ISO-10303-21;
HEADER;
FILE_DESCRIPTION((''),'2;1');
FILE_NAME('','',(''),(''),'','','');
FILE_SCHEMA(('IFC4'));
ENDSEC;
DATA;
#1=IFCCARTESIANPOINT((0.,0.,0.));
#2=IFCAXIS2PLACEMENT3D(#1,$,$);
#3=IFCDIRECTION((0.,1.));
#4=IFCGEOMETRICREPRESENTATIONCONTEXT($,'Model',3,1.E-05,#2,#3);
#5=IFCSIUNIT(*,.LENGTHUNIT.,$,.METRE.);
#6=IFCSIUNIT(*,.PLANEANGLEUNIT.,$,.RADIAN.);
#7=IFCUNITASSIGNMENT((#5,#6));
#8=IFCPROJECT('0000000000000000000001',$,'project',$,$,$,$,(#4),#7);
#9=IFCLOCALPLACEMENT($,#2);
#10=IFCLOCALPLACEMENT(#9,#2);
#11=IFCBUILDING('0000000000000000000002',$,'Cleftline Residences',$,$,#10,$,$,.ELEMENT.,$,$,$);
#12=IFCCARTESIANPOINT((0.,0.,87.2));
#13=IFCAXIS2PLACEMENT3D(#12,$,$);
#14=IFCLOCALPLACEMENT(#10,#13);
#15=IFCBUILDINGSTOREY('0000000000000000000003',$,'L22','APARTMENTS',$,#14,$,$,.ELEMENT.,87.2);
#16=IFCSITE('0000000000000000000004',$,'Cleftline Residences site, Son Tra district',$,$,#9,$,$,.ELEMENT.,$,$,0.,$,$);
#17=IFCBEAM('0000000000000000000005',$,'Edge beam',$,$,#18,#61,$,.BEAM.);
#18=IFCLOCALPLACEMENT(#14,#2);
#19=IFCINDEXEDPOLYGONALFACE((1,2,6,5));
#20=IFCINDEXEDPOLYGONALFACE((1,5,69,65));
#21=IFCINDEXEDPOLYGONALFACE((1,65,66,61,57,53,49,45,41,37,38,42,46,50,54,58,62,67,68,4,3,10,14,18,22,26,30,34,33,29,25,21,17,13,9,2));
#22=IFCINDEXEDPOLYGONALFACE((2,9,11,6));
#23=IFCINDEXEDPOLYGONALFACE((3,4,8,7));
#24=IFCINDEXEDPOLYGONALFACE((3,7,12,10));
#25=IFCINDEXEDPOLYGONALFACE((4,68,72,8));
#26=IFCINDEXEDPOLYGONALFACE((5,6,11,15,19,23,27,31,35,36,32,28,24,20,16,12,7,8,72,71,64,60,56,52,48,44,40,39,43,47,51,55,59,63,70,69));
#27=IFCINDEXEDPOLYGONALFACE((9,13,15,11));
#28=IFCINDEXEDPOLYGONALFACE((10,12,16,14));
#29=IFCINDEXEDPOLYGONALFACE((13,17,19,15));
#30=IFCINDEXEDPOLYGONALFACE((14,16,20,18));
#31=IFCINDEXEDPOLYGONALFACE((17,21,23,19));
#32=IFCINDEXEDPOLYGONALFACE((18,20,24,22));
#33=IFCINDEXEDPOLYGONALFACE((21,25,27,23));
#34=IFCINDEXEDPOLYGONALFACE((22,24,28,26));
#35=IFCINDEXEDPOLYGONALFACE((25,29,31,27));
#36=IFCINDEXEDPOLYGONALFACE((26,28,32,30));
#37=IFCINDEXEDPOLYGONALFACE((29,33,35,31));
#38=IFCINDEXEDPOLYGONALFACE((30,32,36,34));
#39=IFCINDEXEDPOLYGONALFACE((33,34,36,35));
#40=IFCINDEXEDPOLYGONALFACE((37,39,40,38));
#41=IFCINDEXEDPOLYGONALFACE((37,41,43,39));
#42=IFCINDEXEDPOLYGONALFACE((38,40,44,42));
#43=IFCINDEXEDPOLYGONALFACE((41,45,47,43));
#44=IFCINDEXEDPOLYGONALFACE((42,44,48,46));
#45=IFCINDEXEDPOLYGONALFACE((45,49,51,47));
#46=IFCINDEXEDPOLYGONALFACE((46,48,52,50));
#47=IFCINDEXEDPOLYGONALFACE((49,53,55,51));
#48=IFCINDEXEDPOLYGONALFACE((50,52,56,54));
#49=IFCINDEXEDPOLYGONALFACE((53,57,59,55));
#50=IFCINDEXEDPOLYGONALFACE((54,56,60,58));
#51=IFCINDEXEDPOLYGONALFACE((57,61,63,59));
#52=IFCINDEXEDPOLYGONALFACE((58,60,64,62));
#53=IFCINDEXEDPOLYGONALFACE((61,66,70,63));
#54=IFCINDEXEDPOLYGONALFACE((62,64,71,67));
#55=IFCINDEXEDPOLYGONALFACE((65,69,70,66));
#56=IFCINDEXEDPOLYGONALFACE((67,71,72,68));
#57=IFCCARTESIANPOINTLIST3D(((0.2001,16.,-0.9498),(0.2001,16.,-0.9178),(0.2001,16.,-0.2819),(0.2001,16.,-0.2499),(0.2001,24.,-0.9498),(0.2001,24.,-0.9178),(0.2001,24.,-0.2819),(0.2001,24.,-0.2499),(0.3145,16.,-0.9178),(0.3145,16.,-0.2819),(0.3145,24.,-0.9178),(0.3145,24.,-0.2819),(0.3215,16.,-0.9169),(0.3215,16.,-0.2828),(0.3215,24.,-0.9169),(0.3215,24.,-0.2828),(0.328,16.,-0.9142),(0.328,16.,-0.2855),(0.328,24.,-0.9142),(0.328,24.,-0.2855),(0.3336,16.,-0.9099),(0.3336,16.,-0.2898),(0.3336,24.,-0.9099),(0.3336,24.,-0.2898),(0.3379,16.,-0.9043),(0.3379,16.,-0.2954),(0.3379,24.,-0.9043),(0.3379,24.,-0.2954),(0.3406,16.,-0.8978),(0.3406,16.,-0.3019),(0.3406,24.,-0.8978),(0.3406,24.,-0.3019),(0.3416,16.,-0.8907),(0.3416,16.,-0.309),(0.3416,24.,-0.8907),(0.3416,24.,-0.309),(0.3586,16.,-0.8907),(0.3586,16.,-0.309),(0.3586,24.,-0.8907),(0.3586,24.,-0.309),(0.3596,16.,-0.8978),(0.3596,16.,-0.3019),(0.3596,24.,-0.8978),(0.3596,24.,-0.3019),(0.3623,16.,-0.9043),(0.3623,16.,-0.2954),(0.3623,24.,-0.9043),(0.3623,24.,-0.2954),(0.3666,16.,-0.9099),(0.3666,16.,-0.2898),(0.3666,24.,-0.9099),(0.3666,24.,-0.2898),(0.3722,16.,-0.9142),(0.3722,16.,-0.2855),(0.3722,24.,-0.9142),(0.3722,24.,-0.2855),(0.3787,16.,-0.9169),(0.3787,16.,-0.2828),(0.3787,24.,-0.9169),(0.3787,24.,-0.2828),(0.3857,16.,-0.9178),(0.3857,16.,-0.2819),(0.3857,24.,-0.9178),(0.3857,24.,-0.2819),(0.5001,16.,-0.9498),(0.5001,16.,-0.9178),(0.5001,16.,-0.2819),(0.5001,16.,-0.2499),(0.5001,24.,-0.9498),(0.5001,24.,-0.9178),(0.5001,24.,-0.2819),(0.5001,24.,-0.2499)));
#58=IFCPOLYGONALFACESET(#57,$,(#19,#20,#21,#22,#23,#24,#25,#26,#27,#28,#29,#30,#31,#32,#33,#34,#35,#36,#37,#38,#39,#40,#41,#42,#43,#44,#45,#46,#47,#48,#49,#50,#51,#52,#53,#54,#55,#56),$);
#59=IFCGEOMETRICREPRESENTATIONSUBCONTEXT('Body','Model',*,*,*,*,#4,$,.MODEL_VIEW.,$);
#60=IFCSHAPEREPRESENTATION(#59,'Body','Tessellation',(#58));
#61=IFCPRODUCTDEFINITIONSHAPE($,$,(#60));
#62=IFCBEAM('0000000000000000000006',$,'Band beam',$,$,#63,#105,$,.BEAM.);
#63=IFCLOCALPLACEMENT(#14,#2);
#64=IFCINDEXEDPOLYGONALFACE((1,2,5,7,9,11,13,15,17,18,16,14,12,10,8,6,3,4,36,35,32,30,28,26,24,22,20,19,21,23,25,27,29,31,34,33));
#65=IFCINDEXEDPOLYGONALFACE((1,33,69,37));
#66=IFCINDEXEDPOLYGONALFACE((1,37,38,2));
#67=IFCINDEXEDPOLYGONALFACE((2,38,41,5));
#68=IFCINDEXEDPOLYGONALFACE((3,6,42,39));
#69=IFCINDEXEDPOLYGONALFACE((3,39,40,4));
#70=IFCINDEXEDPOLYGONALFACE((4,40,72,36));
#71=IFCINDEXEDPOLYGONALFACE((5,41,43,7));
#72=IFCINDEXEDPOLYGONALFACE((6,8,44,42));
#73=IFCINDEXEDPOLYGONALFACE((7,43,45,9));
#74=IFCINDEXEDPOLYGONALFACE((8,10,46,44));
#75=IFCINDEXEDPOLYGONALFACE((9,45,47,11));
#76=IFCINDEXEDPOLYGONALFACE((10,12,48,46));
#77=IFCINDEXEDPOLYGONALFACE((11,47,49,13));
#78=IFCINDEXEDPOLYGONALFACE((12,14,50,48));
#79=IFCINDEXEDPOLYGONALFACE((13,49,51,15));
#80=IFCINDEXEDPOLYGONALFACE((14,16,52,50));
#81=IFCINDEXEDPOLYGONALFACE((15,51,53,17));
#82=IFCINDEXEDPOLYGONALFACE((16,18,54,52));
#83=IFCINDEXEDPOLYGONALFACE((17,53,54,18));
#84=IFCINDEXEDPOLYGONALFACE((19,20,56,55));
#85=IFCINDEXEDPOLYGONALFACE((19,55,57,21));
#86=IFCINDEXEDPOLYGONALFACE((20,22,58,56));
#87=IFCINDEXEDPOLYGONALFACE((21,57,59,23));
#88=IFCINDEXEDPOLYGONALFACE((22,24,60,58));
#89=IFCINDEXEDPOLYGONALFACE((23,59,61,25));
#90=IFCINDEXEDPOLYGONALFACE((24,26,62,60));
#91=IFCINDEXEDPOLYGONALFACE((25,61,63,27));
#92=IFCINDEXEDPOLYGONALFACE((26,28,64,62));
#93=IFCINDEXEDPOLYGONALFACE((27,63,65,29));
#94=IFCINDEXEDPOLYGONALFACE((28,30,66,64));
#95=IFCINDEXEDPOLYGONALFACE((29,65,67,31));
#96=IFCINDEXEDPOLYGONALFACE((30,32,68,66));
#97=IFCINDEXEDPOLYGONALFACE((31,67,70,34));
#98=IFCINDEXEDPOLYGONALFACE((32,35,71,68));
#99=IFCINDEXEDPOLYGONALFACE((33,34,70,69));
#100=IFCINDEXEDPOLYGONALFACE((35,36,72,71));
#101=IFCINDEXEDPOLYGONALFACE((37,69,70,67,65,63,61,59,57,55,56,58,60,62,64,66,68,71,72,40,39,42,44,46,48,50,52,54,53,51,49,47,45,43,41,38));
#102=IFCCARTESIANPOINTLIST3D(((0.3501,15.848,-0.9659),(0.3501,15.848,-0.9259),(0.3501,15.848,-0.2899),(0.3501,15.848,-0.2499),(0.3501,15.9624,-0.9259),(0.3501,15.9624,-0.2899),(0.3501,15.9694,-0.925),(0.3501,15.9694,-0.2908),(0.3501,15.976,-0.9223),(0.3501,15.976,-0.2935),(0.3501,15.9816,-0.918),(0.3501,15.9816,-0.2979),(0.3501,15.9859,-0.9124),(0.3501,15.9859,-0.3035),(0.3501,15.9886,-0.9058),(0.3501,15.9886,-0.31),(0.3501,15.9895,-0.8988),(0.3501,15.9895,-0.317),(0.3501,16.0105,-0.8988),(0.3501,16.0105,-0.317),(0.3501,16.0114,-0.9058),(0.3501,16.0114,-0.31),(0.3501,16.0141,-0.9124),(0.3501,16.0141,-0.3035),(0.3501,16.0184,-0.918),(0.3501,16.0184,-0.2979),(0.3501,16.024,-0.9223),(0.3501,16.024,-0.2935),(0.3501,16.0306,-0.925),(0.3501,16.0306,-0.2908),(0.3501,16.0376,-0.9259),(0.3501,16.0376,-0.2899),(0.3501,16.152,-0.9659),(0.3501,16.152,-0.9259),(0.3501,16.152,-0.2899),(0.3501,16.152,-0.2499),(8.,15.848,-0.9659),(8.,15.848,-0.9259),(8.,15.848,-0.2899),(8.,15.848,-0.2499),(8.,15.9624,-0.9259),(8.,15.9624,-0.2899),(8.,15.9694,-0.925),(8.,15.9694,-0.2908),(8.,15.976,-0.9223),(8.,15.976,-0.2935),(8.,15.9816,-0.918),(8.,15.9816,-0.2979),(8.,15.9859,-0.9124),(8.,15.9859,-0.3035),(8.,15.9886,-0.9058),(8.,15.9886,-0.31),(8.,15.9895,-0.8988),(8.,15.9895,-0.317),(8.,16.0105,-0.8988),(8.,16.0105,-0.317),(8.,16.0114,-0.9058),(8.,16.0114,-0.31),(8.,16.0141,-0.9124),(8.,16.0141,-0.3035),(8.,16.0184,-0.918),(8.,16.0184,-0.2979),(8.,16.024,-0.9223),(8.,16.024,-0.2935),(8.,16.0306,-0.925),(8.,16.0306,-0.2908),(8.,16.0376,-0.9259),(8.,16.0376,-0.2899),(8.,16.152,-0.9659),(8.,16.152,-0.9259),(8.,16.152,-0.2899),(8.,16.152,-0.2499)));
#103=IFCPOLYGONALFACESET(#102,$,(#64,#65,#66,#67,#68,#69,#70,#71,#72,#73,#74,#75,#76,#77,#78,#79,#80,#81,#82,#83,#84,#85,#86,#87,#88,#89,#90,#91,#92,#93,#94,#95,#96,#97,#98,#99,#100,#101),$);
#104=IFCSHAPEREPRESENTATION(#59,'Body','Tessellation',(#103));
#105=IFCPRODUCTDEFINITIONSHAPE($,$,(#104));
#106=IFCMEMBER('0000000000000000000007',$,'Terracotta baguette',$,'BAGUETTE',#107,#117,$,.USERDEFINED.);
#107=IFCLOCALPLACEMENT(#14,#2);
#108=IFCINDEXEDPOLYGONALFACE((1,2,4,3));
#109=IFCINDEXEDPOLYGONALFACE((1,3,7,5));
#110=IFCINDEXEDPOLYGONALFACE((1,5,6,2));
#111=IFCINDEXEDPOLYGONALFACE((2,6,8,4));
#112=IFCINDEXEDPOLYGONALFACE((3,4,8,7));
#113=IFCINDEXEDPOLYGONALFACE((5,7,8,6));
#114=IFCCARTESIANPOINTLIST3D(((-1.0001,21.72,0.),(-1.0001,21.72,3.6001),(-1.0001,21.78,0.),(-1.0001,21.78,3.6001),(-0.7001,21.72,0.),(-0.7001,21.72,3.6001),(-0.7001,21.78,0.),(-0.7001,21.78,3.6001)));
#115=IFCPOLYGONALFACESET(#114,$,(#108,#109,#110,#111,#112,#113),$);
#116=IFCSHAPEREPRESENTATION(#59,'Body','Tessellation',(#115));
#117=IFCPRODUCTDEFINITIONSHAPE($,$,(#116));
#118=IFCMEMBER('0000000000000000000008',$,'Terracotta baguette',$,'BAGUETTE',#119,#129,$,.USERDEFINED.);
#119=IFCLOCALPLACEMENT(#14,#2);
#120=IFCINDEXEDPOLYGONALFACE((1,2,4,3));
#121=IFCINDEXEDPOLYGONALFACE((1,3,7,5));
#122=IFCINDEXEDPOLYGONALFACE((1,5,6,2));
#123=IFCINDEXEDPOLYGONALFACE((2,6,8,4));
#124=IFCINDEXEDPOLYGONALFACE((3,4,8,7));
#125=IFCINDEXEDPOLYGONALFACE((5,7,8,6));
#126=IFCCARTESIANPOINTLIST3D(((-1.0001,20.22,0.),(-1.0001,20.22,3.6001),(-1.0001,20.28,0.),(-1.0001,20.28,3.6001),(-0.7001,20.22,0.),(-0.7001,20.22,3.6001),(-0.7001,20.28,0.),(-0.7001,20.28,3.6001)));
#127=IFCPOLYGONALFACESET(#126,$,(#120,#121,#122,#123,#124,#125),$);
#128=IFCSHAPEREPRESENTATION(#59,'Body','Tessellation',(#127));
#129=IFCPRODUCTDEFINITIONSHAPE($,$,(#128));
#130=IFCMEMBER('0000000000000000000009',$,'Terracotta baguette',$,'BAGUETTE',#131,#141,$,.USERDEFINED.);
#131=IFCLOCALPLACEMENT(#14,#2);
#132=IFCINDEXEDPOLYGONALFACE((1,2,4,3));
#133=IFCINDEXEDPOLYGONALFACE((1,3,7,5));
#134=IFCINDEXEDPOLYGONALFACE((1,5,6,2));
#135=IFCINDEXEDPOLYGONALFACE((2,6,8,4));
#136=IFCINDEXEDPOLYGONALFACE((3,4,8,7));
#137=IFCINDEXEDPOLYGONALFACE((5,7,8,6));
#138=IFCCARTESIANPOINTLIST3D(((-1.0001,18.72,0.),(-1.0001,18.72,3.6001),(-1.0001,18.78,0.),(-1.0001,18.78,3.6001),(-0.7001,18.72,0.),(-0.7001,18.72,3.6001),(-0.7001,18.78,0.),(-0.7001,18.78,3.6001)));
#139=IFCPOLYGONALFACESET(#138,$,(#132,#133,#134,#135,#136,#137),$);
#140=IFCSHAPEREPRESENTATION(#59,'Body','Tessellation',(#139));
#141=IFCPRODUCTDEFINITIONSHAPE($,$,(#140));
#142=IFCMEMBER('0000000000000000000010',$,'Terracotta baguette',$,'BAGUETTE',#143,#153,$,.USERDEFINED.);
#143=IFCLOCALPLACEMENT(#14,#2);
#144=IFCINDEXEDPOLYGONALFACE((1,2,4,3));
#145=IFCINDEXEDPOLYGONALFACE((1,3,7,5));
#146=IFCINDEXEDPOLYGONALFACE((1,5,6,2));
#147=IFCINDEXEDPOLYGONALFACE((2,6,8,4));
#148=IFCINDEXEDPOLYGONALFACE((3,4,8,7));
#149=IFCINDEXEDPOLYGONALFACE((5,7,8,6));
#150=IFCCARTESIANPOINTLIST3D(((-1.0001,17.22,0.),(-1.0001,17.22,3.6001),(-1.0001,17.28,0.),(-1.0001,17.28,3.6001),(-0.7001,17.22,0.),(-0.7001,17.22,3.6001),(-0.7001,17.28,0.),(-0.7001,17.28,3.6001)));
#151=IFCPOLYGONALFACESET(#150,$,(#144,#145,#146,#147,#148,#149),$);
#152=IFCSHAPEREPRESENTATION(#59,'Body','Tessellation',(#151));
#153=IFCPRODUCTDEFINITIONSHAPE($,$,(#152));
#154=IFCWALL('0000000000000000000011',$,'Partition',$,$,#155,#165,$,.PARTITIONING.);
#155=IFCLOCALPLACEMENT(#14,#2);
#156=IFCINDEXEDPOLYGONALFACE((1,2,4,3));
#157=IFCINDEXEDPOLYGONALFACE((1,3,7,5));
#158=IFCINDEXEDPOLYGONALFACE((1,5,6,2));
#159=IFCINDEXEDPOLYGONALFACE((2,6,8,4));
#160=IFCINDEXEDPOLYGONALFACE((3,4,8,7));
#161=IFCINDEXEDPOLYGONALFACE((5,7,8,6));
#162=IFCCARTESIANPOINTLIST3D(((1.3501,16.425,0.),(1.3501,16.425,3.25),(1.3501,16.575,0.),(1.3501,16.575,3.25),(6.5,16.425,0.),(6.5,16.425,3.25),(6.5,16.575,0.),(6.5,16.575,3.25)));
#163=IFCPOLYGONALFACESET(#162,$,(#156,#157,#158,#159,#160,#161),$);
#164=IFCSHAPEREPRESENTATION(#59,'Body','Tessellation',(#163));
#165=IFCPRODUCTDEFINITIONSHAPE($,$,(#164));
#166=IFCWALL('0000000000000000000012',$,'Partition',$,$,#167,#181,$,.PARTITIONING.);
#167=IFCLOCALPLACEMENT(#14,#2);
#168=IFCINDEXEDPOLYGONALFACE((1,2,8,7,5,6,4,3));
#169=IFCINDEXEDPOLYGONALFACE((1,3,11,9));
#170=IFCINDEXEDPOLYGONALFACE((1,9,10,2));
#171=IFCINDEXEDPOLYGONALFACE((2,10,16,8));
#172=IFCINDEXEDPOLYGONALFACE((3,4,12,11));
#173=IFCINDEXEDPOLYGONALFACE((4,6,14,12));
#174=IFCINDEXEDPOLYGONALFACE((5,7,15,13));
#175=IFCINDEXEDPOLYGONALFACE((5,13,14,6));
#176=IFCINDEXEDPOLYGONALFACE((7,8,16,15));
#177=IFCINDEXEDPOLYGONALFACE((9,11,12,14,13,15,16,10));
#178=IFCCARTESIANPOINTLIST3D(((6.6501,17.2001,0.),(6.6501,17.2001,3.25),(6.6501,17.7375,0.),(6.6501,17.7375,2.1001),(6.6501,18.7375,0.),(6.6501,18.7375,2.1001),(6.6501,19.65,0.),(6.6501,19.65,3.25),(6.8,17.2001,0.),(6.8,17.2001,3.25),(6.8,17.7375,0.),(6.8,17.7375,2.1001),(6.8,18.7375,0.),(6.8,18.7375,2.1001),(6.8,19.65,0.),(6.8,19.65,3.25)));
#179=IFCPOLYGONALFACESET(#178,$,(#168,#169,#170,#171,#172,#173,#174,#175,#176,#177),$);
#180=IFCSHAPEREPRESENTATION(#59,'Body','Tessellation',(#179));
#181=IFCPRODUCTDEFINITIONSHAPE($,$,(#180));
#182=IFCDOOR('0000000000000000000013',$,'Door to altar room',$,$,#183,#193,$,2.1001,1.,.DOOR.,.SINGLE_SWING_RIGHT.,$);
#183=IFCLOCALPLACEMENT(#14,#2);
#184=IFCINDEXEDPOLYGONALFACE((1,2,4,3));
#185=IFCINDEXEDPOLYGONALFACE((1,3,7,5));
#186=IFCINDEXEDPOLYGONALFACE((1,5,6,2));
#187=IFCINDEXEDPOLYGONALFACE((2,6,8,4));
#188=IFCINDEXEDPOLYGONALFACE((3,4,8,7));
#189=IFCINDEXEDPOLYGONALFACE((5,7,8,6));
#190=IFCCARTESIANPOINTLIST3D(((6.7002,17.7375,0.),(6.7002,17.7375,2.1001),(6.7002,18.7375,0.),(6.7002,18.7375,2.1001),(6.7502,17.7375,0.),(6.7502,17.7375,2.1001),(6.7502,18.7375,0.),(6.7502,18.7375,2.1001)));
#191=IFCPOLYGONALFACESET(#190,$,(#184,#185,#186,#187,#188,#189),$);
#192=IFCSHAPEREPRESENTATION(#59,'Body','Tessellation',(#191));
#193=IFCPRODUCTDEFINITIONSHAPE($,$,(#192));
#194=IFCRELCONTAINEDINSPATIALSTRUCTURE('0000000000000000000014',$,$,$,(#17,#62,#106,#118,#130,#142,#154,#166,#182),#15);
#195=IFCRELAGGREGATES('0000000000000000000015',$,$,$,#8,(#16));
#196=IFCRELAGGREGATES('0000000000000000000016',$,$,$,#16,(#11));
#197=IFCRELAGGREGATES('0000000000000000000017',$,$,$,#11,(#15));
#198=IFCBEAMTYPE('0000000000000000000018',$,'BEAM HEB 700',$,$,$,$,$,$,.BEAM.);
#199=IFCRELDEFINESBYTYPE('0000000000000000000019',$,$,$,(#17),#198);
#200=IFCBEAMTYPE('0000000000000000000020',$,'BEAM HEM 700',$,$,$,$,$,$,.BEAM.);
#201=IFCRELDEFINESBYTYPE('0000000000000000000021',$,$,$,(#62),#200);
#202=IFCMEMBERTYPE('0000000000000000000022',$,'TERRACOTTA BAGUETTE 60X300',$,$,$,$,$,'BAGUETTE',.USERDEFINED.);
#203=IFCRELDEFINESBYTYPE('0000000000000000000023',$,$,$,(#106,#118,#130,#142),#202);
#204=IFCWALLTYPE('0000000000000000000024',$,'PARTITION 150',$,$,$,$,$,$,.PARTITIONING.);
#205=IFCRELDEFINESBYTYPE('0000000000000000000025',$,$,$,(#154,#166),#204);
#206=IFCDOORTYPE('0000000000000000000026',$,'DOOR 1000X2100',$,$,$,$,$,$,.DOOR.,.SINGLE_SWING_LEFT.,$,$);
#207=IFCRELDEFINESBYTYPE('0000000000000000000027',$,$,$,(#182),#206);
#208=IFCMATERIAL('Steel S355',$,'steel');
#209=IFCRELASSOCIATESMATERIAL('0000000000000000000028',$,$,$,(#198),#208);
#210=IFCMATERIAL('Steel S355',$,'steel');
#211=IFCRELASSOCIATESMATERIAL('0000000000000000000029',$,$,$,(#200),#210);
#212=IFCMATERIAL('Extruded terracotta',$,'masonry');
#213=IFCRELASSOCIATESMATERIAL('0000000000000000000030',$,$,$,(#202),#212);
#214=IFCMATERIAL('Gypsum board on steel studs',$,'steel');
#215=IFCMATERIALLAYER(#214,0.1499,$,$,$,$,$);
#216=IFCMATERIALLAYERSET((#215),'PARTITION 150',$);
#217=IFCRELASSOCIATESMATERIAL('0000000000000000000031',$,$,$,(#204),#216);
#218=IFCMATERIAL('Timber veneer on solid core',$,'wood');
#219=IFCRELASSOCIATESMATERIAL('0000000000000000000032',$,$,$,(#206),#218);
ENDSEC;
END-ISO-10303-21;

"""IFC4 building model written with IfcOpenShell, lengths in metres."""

from ifc_helpers import new_model, si_unit, direction, frame, frame_2d, origin, origin_2d, place, context, subcontext, project, spatial, rectangle, i_section, extrude, material, layer, layer_set, material_profile, profile_set, type_object, element, fill, save


model = new_model("IFC4")

# Units and contexts
model_context = context("Model", 3, precision=1e-05, world=origin(), true_north=direction((0.0, 1.0)))
body_context = subcontext(model_context, "Body", "Model", "MODEL_VIEW")
ifc_project = project(units=[si_unit("LENGTHUNIT", "METRE"), si_unit("PLANEANGLEUNIT", "RADIAN")], contexts=[model_context])

# Site, building, storey
site_placement = place(None, origin())
site = spatial("IfcSite", under=ifc_project, at=site_placement, Name="Cleftline Residences site, Son Tra district", CompositionType="ELEMENT", RefElevation=0.0)
building_placement = place(site_placement, origin())
building = spatial("IfcBuilding", under=site, at=building_placement, Name="Cleftline Residences", CompositionType="ELEMENT")
storey_placement = place(building_placement, frame((0.0, 0.0, 87.2)))
storey = spatial("IfcBuildingStorey", under=building, at=storey_placement, Name="L22", Description="APARTMENTS", CompositionType="ELEMENT", Elevation=87.2)

# Beams
ifc_material_1 = material(Name="Steel S355", Category="steel")
ifc_material_profile_1 = material_profile(ifc_material_1, i_section(OverallWidth=0.3, OverallDepth=0.7, WebThickness=0.0171, FlangeThickness=0.032, FilletRadius=0.0271, at=origin_2d()))
ifc_profile_set_1 = profile_set([ifc_material_profile_1], Name="Steel S355")
beam_type_1 = type_object("IfcBeamType", Name="BEAM HEB 700", PredefinedType="BEAM", material=ifc_profile_set_1)
beam_1_placement = place(storey_placement, frame((0.3501, 16.0, -0.5999), z_axis=(0.0, 1.0, 0.0), x_axis=(-1.0, 0.0, 0.0)))
element("IfcBeam", 1, at=beam_1_placement, inside=storey, type_object=beam_type_1, Name="Edge beam", PredefinedType="BEAM", context=body_context, shape_type="SweptSolid", body=[
    extrude(i_section(OverallWidth=0.3, OverallDepth=0.7, WebThickness=0.0171, FlangeThickness=0.032, FilletRadius=0.0271, at=origin_2d()), origin(), (0.0, 0.0, 1.0), 8.0),
])
ifc_material_2 = material(Name="Steel S355", Category="steel")
ifc_material_profile_2 = material_profile(ifc_material_2, i_section(OverallWidth=0.304, OverallDepth=0.7161, WebThickness=0.021, FlangeThickness=0.04, FilletRadius=0.0271, at=origin_2d()))
ifc_profile_set_2 = profile_set([ifc_material_profile_2], Name="Steel S355")
beam_type_2 = type_object("IfcBeamType", Name="BEAM HEM 700", PredefinedType="BEAM", material=ifc_profile_set_2)
beam_2_placement = place(storey_placement, frame((0.3501, 16.0, -0.6079), z_axis=(1.0, 0.0, 0.0), x_axis=(0.0, 1.0, 0.0)))
element("IfcBeam", 2, at=beam_2_placement, inside=storey, type_object=beam_type_2, Name="Band beam", PredefinedType="BEAM", context=body_context, shape_type="SweptSolid", body=[
    extrude(i_section(OverallWidth=0.304, OverallDepth=0.7161, WebThickness=0.021, FlangeThickness=0.04, FilletRadius=0.0271, at=origin_2d()), origin(), (0.0, 0.0, 1.0), 7.6499),
])

# Members
ifc_material_3 = material(Name="Extruded terracotta", Category="masonry")
ifc_material_profile_3 = material_profile(ifc_material_3, rectangle(XDim=0.0601, YDim=0.3, at=origin_2d()))
ifc_profile_set_3 = profile_set([ifc_material_profile_3], Name="Extruded terracotta")
member_type_1 = type_object("IfcMemberType", Name="TERRACOTTA BAGUETTE 60X300", ElementType="BAGUETTE", PredefinedType="USERDEFINED", material=ifc_profile_set_3)
for number, where, z_axis, x_axis, name in (
    (3, (-0.8501, 21.75, 0.0), (0.0, 0.0, 1.0), (0.0, 1.0, 0.0), "Terracotta baguette"),
    (4, (-0.8501, 20.25, 0.0), (0.0, 0.0, 1.0), (0.0, 1.0, 0.0), "Terracotta baguette"),
    (5, (-0.8501, 18.75, 0.0), (0.0, 0.0, 1.0), (0.0, 1.0, 0.0), "Terracotta baguette"),
    (6, (-0.8501, 17.25, 0.0), (0.0, 0.0, 1.0), (0.0, 1.0, 0.0), "Terracotta baguette"),
):
    element("IfcMember", number, at=place(storey_placement, frame(where, z_axis=z_axis, x_axis=x_axis)), inside=storey, type_object=member_type_1, Name=name, ObjectType="BAGUETTE", PredefinedType="USERDEFINED", context=body_context, shape_type="SweptSolid", body=[
        extrude(rectangle(XDim=0.0601, YDim=0.3, at=origin_2d()), origin(), (0.0, 0.0, 1.0), 3.6001),
    ])

# Wall
ifc_material_4 = material(Name="Gypsum board on steel studs", Category="steel")
ifc_layer_1 = layer(ifc_material_4, 0.1499)
ifc_layer_set_1 = layer_set([ifc_layer_1], Name="PARTITION 150")
wall_type_1 = type_object("IfcWallType", Name="PARTITION 150", PredefinedType="PARTITIONING", material=ifc_layer_set_1)
wall_1_placement = place(storey_placement, frame((1.3501, 16.5, 0.0), z_axis=(0.0, 0.0, 1.0), x_axis=(1.0, 0.0, 0.0)))
element("IfcWall", 7, at=wall_1_placement, inside=storey, type_object=wall_type_1, Name="Partition", PredefinedType="PARTITIONING", context=body_context, shape_type="SweptSolid", body=[
    extrude(rectangle(XDim=5.1499, YDim=0.1499, at=frame_2d((2.575, 0.0))), origin(), (0.0, 0.0, 1.0), 3.25),
])

# Wall, opening, door
wall_2_placement = place(storey_placement, frame((6.7251, 17.2, 0.0), z_axis=(0.0, 0.0, 1.0), x_axis=(0.0, 1.0, 0.0)))
wall_2 = element("IfcWall", 8, at=wall_2_placement, inside=storey, type_object=wall_type_1, Name="Partition", PredefinedType="PARTITIONING", context=body_context, shape_type="SweptSolid", body=[
    extrude(rectangle(XDim=2.45, YDim=0.1499, at=frame_2d((1.2251, 0.0))), origin(), (0.0, 0.0, 1.0), 3.25),
])
opening_1_placement = place(wall_2_placement, frame((0.5376, 0.0, 0.0)))
opening_1 = element("IfcOpeningElement", 9, at=opening_1_placement, cuts=wall_2, PredefinedType="OPENING", context=body_context, shape_type="SweptSolid", body=[
    extrude(rectangle(XDim=1.0, YDim=2.1001, at=frame_2d((0.5, 1.05))), frame((0.0, 0.085, 0.0), z_axis=(0.0, -1.0, 0.0), x_axis=(1.0, 0.0, 0.0)), (0.0, 0.0, 1.0), 0.1699),
])
ifc_material_5 = material(Name="Timber veneer on solid core", Category="wood")
door_type_1 = type_object("IfcDoorType", Name="DOOR 1000X2100", OperationType="SINGLE_SWING_LEFT", PredefinedType="DOOR", material=ifc_material_5)
door_1_placement = place(opening_1_placement, origin())
door_1 = element("IfcDoor", 10, at=door_1_placement, inside=storey, type_object=door_type_1, Name="Door to altar room", OperationType="SINGLE_SWING_RIGHT", OverallHeight=2.1001, OverallWidth=1.0, PredefinedType="DOOR", context=body_context, shape_type="SweptSolid", body=[
    extrude(rectangle(XDim=1.0, YDim=2.1001, at=frame_2d((0.5, 1.05))), frame((0.0, 0.0249, 0.0), z_axis=(0.0, -1.0, 0.0), x_axis=(1.0, 0.0, 0.0)), (0.0, 0.0, 1.0), 0.05),
])
fill(opening_1, door_1)

save(model, "model.ifc")
